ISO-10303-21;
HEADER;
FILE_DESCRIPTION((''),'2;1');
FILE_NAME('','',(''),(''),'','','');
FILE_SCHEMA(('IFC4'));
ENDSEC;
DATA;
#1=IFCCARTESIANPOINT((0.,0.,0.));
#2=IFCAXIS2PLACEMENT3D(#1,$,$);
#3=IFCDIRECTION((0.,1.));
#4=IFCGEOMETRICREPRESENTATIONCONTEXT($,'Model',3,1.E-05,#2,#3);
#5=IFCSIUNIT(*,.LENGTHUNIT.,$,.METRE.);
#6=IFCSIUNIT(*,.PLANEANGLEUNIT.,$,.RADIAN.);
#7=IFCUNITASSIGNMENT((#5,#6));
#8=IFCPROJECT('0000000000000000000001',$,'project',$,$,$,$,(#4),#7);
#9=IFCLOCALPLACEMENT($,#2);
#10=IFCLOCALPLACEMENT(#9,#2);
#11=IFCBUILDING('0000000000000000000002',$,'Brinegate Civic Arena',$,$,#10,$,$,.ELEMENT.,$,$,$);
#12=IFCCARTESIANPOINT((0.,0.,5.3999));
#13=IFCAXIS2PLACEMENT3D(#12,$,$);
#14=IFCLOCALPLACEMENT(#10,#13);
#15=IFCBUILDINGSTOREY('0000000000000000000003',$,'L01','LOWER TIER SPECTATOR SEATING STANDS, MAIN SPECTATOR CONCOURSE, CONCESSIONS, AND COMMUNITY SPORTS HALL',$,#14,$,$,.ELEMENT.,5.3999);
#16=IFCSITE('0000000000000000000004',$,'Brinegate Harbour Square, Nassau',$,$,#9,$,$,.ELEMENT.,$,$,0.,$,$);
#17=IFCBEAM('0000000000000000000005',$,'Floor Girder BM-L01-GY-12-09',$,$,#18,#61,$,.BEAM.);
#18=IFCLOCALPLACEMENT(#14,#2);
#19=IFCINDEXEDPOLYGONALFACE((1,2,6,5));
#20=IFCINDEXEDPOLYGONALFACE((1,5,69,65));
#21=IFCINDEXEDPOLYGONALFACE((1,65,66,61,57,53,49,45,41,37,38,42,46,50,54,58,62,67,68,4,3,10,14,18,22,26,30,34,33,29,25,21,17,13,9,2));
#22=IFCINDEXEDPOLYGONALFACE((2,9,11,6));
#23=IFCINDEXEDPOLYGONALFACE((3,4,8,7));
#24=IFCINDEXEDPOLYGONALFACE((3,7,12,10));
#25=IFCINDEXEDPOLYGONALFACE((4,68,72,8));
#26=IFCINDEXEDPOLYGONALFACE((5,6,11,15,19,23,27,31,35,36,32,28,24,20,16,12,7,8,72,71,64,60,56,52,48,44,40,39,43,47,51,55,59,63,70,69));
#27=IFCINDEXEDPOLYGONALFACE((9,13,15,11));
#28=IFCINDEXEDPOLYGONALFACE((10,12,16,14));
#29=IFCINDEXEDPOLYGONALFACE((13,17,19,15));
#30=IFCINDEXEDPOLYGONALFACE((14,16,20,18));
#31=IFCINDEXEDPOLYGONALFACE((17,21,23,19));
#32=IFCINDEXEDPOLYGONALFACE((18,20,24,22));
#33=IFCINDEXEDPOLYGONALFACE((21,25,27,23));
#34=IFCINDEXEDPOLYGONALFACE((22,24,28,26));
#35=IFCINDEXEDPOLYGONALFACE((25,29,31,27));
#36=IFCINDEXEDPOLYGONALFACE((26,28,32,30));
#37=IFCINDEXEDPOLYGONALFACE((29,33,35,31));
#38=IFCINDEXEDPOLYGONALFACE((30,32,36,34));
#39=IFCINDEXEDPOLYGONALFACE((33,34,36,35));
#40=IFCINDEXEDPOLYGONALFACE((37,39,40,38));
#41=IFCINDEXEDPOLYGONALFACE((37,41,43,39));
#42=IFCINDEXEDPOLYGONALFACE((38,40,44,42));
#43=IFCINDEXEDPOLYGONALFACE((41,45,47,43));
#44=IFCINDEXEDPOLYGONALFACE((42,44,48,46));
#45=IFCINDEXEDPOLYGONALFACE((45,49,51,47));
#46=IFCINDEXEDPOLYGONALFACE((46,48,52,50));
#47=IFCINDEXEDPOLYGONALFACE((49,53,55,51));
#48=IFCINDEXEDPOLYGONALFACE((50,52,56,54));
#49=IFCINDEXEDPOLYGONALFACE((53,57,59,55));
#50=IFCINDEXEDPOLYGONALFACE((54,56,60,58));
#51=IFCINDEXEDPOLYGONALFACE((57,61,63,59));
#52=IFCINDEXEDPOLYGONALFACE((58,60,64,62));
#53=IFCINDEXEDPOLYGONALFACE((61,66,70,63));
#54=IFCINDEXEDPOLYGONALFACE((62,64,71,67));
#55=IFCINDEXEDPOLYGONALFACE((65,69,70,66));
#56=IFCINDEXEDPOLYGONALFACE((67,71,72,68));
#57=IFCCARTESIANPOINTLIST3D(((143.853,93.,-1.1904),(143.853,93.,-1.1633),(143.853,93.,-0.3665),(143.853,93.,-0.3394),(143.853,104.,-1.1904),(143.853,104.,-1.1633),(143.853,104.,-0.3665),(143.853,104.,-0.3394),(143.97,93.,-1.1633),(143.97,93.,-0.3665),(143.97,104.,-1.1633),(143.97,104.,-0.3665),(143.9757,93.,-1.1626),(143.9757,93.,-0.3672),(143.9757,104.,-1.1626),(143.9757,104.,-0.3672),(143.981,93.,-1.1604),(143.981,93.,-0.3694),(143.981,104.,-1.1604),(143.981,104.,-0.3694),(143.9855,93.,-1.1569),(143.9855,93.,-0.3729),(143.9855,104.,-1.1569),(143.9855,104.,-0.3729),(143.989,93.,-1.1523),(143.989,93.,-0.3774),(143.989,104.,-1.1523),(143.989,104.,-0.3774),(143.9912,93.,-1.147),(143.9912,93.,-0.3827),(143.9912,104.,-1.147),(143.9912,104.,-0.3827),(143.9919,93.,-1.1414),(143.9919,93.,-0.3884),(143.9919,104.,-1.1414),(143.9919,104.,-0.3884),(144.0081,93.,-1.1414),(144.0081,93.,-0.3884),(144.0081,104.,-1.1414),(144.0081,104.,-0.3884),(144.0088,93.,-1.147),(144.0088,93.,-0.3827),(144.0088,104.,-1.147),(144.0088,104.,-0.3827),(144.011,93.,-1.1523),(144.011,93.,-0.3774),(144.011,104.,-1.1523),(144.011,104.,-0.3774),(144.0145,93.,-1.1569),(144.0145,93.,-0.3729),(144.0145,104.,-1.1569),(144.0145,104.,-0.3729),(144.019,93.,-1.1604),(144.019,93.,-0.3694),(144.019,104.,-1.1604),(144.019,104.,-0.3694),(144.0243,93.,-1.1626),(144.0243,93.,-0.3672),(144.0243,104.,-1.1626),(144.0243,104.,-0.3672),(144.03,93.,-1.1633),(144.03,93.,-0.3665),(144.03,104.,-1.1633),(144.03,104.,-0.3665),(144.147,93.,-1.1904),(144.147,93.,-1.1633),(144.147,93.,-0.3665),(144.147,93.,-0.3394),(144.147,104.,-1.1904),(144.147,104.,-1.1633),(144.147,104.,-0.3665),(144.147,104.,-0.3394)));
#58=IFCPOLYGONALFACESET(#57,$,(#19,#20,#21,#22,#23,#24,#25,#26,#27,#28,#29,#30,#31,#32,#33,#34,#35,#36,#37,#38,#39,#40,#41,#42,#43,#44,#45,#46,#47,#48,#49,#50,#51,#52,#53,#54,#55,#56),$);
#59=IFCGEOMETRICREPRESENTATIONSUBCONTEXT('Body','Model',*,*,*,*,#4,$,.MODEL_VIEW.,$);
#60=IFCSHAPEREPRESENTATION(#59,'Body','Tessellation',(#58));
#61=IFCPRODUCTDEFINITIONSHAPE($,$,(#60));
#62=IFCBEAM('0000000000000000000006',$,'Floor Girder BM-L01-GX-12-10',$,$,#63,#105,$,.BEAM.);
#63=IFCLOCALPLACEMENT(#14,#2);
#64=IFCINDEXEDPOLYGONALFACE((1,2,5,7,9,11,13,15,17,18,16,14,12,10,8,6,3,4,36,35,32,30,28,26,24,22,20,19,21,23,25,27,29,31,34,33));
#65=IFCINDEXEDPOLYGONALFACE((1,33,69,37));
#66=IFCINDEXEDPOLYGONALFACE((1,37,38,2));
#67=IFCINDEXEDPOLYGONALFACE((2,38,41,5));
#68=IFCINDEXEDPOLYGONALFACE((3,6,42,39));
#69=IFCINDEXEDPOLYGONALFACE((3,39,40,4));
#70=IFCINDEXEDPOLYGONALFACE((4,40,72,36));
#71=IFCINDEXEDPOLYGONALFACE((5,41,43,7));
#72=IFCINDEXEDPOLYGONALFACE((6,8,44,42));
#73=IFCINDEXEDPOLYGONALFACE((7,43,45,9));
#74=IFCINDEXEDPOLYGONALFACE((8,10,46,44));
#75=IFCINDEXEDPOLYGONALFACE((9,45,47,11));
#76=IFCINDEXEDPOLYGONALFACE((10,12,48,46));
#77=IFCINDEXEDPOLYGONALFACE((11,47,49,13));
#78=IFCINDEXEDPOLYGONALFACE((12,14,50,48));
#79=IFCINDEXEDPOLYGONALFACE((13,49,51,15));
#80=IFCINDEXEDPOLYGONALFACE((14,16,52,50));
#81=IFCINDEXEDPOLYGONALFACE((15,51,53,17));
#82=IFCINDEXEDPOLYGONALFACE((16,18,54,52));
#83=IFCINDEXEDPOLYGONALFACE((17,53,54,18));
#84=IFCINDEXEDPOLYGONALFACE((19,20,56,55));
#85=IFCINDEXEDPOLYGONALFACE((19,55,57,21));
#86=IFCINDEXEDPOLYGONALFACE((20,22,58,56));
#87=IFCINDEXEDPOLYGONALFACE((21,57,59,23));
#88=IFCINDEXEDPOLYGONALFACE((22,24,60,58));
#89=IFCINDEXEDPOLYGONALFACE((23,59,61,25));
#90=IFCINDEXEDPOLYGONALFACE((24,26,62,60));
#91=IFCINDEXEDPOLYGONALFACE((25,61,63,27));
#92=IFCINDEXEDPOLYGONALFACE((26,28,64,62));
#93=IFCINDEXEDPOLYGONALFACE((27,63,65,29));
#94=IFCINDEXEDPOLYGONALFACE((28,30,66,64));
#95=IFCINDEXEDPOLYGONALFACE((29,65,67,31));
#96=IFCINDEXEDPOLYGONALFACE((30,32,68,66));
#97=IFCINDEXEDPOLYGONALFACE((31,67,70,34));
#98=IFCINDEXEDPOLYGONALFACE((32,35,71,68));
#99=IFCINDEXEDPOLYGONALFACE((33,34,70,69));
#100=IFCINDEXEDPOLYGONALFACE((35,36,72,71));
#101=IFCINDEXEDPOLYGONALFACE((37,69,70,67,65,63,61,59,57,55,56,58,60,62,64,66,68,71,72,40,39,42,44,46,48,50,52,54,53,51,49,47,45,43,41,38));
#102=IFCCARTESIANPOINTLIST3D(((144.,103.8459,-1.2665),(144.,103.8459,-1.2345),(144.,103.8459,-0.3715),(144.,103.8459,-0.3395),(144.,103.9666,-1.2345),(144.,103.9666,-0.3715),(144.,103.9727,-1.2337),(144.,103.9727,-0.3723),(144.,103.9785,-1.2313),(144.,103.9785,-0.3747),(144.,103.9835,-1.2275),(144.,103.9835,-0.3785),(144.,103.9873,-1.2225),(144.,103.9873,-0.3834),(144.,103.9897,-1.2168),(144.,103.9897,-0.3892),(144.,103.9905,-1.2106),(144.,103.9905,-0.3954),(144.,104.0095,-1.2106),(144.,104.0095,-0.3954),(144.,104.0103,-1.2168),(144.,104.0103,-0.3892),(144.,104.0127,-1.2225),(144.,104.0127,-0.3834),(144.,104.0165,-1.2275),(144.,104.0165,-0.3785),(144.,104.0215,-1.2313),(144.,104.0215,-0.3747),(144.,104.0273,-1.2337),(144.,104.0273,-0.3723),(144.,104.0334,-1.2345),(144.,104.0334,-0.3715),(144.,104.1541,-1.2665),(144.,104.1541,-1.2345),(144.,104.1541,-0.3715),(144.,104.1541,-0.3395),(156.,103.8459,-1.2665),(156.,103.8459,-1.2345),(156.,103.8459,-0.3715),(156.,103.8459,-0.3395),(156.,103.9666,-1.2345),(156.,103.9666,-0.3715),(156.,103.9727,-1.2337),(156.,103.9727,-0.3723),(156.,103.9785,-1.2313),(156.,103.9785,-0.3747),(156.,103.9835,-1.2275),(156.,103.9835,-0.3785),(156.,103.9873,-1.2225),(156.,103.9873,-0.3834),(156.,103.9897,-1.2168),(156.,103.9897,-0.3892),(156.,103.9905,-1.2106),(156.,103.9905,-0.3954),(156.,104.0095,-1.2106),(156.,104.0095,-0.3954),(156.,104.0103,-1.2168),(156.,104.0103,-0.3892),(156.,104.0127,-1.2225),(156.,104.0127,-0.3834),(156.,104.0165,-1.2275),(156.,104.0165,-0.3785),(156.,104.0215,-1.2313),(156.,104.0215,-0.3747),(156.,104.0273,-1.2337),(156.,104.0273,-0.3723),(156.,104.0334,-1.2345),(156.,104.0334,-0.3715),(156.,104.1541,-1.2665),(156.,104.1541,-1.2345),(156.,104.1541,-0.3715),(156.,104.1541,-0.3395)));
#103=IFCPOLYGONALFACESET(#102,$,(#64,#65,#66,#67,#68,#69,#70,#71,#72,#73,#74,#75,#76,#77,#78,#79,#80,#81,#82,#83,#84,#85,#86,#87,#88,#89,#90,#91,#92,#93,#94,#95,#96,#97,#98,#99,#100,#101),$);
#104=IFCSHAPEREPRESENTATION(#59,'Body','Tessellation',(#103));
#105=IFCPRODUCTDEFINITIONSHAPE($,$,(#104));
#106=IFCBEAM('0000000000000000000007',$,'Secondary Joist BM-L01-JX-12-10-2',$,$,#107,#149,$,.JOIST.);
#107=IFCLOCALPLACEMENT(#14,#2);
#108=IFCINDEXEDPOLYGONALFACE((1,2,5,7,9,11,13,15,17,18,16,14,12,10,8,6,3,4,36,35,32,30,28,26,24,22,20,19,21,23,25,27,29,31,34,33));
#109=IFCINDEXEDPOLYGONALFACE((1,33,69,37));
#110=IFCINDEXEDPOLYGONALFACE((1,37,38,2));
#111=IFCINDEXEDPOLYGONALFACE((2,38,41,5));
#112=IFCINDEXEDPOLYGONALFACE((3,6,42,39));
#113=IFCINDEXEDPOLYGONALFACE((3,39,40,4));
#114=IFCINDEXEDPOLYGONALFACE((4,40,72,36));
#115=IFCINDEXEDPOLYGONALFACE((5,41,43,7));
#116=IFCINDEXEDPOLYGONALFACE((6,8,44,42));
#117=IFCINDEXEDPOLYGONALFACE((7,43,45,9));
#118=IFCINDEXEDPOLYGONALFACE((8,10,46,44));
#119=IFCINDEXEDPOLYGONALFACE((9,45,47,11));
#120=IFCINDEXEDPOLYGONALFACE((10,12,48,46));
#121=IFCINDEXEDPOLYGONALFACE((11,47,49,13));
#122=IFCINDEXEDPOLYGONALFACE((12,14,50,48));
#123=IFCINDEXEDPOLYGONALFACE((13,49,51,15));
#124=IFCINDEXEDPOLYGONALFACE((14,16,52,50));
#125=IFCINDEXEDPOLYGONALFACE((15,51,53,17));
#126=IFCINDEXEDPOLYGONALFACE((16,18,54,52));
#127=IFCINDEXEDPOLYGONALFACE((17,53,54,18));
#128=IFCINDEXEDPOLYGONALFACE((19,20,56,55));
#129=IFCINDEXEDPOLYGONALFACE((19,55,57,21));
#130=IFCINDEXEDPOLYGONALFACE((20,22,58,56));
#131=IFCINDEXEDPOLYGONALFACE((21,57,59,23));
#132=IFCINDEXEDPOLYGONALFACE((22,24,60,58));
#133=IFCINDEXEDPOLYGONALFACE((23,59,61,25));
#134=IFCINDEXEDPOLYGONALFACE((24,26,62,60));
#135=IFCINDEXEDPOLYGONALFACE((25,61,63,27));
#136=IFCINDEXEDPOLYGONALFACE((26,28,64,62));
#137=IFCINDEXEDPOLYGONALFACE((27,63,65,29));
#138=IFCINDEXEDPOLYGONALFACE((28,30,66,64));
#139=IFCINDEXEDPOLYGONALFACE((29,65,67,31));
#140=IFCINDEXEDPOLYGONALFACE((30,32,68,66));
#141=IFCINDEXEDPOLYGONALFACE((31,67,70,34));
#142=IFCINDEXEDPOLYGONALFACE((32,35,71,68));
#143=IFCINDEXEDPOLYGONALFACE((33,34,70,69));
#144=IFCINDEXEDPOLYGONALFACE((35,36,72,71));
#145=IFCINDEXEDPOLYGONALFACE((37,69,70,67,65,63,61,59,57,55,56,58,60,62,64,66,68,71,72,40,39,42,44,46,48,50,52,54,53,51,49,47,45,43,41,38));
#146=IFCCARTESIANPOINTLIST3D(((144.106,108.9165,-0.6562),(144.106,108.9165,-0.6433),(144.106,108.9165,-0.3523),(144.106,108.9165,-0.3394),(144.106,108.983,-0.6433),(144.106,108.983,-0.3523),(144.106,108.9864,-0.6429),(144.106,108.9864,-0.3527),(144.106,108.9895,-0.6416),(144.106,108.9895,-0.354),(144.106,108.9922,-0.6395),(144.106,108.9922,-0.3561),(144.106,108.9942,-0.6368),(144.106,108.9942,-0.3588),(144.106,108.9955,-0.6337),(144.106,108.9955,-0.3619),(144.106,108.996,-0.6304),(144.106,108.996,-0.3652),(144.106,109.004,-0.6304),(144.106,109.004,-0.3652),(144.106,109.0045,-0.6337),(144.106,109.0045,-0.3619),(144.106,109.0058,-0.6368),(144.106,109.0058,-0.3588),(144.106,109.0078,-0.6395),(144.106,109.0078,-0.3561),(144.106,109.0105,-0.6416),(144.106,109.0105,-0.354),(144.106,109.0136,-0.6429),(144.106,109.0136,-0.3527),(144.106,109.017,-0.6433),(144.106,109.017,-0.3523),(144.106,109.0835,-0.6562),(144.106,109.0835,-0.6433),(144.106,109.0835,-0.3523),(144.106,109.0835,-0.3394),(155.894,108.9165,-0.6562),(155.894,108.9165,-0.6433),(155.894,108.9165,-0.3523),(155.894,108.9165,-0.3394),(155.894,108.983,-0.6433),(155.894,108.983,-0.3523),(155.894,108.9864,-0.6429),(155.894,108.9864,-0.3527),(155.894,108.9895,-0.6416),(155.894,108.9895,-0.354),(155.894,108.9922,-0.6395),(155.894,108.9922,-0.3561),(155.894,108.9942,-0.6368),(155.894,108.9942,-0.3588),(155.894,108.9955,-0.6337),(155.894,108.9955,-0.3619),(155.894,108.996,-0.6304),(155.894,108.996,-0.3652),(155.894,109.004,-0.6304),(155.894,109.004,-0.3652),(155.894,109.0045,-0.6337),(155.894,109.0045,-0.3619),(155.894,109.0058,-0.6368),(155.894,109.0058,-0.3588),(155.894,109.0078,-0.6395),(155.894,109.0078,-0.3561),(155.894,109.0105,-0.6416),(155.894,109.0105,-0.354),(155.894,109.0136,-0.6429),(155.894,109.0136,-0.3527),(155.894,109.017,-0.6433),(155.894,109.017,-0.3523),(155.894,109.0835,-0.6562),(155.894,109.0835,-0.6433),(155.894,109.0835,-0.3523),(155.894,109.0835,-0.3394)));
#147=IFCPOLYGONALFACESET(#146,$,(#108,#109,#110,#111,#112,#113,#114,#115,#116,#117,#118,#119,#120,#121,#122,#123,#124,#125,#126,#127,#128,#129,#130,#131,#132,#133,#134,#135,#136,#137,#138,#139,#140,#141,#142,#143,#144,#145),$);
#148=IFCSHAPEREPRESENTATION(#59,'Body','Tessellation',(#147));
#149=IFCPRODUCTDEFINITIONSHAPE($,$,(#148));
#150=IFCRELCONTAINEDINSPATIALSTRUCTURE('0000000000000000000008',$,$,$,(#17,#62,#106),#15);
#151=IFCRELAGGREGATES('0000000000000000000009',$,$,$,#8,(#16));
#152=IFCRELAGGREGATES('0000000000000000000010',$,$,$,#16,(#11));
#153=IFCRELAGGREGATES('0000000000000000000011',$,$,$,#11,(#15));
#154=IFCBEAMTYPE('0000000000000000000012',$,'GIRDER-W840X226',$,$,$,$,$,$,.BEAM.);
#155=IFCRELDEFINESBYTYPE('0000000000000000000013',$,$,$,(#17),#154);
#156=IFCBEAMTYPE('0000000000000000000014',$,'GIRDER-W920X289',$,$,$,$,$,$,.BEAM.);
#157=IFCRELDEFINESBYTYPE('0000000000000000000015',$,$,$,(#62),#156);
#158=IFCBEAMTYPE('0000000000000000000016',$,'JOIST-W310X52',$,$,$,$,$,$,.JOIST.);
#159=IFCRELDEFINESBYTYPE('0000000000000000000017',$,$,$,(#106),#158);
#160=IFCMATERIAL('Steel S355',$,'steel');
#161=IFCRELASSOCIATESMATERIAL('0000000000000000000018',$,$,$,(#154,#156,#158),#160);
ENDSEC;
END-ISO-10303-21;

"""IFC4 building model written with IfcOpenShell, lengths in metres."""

from ifc_helpers import new_model, si_unit, direction, frame, origin, origin_2d, place, context, subcontext, project, spatial, i_section, extrude, material, material_profile, profile_set, type_object, element, save


model = new_model("IFC4")

# Units and contexts
model_context = context("Model", 3, precision=1e-05, world=origin(), true_north=direction((0.0, 1.0)))
body_context = subcontext(model_context, "Body", "Model", "MODEL_VIEW")
ifc_project = project(units=[si_unit("LENGTHUNIT", "METRE"), si_unit("PLANEANGLEUNIT", "RADIAN")], contexts=[model_context])

# Site, building, storey
site_placement = place(None, origin())
site = spatial("IfcSite", under=ifc_project, at=site_placement, Name="Brinegate Harbour Square, Nassau", CompositionType="ELEMENT", RefElevation=0.0)
building_placement = place(site_placement, origin())
building = spatial("IfcBuilding", under=site, at=building_placement, Name="Brinegate Civic Arena", CompositionType="ELEMENT")
storey_placement = place(building_placement, frame((0.0, 0.0, 5.3999)))
storey = spatial("IfcBuildingStorey", under=building, at=storey_placement, Name="L01", Description="LOWER TIER SPECTATOR SEATING STANDS, MAIN SPECTATOR CONCOURSE, CONCESSIONS, AND COMMUNITY SPORTS HALL", CompositionType="ELEMENT", Elevation=5.3999)

# Beams
ifc_material_1 = material(Name="Steel S355", Category="steel")
ifc_material_profile_1 = material_profile(ifc_material_1, i_section(OverallWidth=0.2939, OverallDepth=0.8511, WebThickness=0.0161, FlangeThickness=0.0271, FilletRadius=0.022, at=origin_2d()), Name="W840X226")
ifc_profile_set_1 = profile_set([ifc_material_profile_1], Name="Steel S355")
beam_type_1 = type_object("IfcBeamType", Name="GIRDER-W840X226", PredefinedType="BEAM", material=ifc_profile_set_1)
beam_1_placement = place(storey_placement, frame((144.0, 93.0, -0.7649), z_axis=(0.0, 1.0, 0.0), x_axis=(-1.0, 0.0, 0.0)))
element("IfcBeam", 1, at=beam_1_placement, inside=storey, type_object=beam_type_1, Name="Floor Girder BM-L01-GY-12-09", PredefinedType="BEAM", context=body_context, shape_type="SweptSolid", body=[
    extrude(i_section(OverallWidth=0.2939, OverallDepth=0.8511, WebThickness=0.0161, FlangeThickness=0.0271, FilletRadius=0.022, at=origin_2d()), origin(), (0.0, 0.0, 1.0), 11.0),
])
ifc_material_profile_2 = material_profile(ifc_material_1, i_section(OverallWidth=0.3081, OverallDepth=0.927, WebThickness=0.019, FlangeThickness=0.032, FilletRadius=0.0239, at=origin_2d()), Name="W920X289")
ifc_profile_set_2 = profile_set([ifc_material_profile_2], Name="Steel S355")
beam_type_2 = type_object("IfcBeamType", Name="GIRDER-W920X289", PredefinedType="BEAM", material=ifc_profile_set_2)
beam_2_placement = place(storey_placement, frame((144.0, 104.0, -0.803), z_axis=(1.0, 0.0, 0.0), x_axis=(0.0, 1.0, 0.0)))
element("IfcBeam", 2, at=beam_2_placement, inside=storey, type_object=beam_type_2, Name="Floor Girder BM-L01-GX-12-10", PredefinedType="BEAM", context=body_context, shape_type="SweptSolid", body=[
    extrude(i_section(OverallWidth=0.3081, OverallDepth=0.927, WebThickness=0.019, FlangeThickness=0.032, FilletRadius=0.0239, at=origin_2d()), origin(), (0.0, 0.0, 1.0), 12.0),
])
ifc_material_profile_3 = material_profile(ifc_material_1, i_section(OverallWidth=0.167, OverallDepth=0.3169, WebThickness=0.0081, FlangeThickness=0.0129, FilletRadius=0.0129, at=origin_2d()), Name="W310X52")
ifc_profile_set_3 = profile_set([ifc_material_profile_3], Name="Steel S355")
beam_type_3 = type_object("IfcBeamType", Name="JOIST-W310X52", PredefinedType="JOIST", material=ifc_profile_set_3)
beam_3_placement = place(storey_placement, frame((144.106, 109.0, -0.4978), z_axis=(1.0, 0.0, 0.0), x_axis=(0.0, 1.0, 0.0)))
element("IfcBeam", 3, at=beam_3_placement, inside=storey, type_object=beam_type_3, Name="Secondary Joist BM-L01-JX-12-10-2", PredefinedType="JOIST", context=body_context, shape_type="SweptSolid", body=[
    extrude(i_section(OverallWidth=0.167, OverallDepth=0.3169, WebThickness=0.0081, FlangeThickness=0.0129, FilletRadius=0.0129, at=origin_2d()), origin(), (0.0, 0.0, 1.0), 11.7881),
])

save(model, "model.ifc")
